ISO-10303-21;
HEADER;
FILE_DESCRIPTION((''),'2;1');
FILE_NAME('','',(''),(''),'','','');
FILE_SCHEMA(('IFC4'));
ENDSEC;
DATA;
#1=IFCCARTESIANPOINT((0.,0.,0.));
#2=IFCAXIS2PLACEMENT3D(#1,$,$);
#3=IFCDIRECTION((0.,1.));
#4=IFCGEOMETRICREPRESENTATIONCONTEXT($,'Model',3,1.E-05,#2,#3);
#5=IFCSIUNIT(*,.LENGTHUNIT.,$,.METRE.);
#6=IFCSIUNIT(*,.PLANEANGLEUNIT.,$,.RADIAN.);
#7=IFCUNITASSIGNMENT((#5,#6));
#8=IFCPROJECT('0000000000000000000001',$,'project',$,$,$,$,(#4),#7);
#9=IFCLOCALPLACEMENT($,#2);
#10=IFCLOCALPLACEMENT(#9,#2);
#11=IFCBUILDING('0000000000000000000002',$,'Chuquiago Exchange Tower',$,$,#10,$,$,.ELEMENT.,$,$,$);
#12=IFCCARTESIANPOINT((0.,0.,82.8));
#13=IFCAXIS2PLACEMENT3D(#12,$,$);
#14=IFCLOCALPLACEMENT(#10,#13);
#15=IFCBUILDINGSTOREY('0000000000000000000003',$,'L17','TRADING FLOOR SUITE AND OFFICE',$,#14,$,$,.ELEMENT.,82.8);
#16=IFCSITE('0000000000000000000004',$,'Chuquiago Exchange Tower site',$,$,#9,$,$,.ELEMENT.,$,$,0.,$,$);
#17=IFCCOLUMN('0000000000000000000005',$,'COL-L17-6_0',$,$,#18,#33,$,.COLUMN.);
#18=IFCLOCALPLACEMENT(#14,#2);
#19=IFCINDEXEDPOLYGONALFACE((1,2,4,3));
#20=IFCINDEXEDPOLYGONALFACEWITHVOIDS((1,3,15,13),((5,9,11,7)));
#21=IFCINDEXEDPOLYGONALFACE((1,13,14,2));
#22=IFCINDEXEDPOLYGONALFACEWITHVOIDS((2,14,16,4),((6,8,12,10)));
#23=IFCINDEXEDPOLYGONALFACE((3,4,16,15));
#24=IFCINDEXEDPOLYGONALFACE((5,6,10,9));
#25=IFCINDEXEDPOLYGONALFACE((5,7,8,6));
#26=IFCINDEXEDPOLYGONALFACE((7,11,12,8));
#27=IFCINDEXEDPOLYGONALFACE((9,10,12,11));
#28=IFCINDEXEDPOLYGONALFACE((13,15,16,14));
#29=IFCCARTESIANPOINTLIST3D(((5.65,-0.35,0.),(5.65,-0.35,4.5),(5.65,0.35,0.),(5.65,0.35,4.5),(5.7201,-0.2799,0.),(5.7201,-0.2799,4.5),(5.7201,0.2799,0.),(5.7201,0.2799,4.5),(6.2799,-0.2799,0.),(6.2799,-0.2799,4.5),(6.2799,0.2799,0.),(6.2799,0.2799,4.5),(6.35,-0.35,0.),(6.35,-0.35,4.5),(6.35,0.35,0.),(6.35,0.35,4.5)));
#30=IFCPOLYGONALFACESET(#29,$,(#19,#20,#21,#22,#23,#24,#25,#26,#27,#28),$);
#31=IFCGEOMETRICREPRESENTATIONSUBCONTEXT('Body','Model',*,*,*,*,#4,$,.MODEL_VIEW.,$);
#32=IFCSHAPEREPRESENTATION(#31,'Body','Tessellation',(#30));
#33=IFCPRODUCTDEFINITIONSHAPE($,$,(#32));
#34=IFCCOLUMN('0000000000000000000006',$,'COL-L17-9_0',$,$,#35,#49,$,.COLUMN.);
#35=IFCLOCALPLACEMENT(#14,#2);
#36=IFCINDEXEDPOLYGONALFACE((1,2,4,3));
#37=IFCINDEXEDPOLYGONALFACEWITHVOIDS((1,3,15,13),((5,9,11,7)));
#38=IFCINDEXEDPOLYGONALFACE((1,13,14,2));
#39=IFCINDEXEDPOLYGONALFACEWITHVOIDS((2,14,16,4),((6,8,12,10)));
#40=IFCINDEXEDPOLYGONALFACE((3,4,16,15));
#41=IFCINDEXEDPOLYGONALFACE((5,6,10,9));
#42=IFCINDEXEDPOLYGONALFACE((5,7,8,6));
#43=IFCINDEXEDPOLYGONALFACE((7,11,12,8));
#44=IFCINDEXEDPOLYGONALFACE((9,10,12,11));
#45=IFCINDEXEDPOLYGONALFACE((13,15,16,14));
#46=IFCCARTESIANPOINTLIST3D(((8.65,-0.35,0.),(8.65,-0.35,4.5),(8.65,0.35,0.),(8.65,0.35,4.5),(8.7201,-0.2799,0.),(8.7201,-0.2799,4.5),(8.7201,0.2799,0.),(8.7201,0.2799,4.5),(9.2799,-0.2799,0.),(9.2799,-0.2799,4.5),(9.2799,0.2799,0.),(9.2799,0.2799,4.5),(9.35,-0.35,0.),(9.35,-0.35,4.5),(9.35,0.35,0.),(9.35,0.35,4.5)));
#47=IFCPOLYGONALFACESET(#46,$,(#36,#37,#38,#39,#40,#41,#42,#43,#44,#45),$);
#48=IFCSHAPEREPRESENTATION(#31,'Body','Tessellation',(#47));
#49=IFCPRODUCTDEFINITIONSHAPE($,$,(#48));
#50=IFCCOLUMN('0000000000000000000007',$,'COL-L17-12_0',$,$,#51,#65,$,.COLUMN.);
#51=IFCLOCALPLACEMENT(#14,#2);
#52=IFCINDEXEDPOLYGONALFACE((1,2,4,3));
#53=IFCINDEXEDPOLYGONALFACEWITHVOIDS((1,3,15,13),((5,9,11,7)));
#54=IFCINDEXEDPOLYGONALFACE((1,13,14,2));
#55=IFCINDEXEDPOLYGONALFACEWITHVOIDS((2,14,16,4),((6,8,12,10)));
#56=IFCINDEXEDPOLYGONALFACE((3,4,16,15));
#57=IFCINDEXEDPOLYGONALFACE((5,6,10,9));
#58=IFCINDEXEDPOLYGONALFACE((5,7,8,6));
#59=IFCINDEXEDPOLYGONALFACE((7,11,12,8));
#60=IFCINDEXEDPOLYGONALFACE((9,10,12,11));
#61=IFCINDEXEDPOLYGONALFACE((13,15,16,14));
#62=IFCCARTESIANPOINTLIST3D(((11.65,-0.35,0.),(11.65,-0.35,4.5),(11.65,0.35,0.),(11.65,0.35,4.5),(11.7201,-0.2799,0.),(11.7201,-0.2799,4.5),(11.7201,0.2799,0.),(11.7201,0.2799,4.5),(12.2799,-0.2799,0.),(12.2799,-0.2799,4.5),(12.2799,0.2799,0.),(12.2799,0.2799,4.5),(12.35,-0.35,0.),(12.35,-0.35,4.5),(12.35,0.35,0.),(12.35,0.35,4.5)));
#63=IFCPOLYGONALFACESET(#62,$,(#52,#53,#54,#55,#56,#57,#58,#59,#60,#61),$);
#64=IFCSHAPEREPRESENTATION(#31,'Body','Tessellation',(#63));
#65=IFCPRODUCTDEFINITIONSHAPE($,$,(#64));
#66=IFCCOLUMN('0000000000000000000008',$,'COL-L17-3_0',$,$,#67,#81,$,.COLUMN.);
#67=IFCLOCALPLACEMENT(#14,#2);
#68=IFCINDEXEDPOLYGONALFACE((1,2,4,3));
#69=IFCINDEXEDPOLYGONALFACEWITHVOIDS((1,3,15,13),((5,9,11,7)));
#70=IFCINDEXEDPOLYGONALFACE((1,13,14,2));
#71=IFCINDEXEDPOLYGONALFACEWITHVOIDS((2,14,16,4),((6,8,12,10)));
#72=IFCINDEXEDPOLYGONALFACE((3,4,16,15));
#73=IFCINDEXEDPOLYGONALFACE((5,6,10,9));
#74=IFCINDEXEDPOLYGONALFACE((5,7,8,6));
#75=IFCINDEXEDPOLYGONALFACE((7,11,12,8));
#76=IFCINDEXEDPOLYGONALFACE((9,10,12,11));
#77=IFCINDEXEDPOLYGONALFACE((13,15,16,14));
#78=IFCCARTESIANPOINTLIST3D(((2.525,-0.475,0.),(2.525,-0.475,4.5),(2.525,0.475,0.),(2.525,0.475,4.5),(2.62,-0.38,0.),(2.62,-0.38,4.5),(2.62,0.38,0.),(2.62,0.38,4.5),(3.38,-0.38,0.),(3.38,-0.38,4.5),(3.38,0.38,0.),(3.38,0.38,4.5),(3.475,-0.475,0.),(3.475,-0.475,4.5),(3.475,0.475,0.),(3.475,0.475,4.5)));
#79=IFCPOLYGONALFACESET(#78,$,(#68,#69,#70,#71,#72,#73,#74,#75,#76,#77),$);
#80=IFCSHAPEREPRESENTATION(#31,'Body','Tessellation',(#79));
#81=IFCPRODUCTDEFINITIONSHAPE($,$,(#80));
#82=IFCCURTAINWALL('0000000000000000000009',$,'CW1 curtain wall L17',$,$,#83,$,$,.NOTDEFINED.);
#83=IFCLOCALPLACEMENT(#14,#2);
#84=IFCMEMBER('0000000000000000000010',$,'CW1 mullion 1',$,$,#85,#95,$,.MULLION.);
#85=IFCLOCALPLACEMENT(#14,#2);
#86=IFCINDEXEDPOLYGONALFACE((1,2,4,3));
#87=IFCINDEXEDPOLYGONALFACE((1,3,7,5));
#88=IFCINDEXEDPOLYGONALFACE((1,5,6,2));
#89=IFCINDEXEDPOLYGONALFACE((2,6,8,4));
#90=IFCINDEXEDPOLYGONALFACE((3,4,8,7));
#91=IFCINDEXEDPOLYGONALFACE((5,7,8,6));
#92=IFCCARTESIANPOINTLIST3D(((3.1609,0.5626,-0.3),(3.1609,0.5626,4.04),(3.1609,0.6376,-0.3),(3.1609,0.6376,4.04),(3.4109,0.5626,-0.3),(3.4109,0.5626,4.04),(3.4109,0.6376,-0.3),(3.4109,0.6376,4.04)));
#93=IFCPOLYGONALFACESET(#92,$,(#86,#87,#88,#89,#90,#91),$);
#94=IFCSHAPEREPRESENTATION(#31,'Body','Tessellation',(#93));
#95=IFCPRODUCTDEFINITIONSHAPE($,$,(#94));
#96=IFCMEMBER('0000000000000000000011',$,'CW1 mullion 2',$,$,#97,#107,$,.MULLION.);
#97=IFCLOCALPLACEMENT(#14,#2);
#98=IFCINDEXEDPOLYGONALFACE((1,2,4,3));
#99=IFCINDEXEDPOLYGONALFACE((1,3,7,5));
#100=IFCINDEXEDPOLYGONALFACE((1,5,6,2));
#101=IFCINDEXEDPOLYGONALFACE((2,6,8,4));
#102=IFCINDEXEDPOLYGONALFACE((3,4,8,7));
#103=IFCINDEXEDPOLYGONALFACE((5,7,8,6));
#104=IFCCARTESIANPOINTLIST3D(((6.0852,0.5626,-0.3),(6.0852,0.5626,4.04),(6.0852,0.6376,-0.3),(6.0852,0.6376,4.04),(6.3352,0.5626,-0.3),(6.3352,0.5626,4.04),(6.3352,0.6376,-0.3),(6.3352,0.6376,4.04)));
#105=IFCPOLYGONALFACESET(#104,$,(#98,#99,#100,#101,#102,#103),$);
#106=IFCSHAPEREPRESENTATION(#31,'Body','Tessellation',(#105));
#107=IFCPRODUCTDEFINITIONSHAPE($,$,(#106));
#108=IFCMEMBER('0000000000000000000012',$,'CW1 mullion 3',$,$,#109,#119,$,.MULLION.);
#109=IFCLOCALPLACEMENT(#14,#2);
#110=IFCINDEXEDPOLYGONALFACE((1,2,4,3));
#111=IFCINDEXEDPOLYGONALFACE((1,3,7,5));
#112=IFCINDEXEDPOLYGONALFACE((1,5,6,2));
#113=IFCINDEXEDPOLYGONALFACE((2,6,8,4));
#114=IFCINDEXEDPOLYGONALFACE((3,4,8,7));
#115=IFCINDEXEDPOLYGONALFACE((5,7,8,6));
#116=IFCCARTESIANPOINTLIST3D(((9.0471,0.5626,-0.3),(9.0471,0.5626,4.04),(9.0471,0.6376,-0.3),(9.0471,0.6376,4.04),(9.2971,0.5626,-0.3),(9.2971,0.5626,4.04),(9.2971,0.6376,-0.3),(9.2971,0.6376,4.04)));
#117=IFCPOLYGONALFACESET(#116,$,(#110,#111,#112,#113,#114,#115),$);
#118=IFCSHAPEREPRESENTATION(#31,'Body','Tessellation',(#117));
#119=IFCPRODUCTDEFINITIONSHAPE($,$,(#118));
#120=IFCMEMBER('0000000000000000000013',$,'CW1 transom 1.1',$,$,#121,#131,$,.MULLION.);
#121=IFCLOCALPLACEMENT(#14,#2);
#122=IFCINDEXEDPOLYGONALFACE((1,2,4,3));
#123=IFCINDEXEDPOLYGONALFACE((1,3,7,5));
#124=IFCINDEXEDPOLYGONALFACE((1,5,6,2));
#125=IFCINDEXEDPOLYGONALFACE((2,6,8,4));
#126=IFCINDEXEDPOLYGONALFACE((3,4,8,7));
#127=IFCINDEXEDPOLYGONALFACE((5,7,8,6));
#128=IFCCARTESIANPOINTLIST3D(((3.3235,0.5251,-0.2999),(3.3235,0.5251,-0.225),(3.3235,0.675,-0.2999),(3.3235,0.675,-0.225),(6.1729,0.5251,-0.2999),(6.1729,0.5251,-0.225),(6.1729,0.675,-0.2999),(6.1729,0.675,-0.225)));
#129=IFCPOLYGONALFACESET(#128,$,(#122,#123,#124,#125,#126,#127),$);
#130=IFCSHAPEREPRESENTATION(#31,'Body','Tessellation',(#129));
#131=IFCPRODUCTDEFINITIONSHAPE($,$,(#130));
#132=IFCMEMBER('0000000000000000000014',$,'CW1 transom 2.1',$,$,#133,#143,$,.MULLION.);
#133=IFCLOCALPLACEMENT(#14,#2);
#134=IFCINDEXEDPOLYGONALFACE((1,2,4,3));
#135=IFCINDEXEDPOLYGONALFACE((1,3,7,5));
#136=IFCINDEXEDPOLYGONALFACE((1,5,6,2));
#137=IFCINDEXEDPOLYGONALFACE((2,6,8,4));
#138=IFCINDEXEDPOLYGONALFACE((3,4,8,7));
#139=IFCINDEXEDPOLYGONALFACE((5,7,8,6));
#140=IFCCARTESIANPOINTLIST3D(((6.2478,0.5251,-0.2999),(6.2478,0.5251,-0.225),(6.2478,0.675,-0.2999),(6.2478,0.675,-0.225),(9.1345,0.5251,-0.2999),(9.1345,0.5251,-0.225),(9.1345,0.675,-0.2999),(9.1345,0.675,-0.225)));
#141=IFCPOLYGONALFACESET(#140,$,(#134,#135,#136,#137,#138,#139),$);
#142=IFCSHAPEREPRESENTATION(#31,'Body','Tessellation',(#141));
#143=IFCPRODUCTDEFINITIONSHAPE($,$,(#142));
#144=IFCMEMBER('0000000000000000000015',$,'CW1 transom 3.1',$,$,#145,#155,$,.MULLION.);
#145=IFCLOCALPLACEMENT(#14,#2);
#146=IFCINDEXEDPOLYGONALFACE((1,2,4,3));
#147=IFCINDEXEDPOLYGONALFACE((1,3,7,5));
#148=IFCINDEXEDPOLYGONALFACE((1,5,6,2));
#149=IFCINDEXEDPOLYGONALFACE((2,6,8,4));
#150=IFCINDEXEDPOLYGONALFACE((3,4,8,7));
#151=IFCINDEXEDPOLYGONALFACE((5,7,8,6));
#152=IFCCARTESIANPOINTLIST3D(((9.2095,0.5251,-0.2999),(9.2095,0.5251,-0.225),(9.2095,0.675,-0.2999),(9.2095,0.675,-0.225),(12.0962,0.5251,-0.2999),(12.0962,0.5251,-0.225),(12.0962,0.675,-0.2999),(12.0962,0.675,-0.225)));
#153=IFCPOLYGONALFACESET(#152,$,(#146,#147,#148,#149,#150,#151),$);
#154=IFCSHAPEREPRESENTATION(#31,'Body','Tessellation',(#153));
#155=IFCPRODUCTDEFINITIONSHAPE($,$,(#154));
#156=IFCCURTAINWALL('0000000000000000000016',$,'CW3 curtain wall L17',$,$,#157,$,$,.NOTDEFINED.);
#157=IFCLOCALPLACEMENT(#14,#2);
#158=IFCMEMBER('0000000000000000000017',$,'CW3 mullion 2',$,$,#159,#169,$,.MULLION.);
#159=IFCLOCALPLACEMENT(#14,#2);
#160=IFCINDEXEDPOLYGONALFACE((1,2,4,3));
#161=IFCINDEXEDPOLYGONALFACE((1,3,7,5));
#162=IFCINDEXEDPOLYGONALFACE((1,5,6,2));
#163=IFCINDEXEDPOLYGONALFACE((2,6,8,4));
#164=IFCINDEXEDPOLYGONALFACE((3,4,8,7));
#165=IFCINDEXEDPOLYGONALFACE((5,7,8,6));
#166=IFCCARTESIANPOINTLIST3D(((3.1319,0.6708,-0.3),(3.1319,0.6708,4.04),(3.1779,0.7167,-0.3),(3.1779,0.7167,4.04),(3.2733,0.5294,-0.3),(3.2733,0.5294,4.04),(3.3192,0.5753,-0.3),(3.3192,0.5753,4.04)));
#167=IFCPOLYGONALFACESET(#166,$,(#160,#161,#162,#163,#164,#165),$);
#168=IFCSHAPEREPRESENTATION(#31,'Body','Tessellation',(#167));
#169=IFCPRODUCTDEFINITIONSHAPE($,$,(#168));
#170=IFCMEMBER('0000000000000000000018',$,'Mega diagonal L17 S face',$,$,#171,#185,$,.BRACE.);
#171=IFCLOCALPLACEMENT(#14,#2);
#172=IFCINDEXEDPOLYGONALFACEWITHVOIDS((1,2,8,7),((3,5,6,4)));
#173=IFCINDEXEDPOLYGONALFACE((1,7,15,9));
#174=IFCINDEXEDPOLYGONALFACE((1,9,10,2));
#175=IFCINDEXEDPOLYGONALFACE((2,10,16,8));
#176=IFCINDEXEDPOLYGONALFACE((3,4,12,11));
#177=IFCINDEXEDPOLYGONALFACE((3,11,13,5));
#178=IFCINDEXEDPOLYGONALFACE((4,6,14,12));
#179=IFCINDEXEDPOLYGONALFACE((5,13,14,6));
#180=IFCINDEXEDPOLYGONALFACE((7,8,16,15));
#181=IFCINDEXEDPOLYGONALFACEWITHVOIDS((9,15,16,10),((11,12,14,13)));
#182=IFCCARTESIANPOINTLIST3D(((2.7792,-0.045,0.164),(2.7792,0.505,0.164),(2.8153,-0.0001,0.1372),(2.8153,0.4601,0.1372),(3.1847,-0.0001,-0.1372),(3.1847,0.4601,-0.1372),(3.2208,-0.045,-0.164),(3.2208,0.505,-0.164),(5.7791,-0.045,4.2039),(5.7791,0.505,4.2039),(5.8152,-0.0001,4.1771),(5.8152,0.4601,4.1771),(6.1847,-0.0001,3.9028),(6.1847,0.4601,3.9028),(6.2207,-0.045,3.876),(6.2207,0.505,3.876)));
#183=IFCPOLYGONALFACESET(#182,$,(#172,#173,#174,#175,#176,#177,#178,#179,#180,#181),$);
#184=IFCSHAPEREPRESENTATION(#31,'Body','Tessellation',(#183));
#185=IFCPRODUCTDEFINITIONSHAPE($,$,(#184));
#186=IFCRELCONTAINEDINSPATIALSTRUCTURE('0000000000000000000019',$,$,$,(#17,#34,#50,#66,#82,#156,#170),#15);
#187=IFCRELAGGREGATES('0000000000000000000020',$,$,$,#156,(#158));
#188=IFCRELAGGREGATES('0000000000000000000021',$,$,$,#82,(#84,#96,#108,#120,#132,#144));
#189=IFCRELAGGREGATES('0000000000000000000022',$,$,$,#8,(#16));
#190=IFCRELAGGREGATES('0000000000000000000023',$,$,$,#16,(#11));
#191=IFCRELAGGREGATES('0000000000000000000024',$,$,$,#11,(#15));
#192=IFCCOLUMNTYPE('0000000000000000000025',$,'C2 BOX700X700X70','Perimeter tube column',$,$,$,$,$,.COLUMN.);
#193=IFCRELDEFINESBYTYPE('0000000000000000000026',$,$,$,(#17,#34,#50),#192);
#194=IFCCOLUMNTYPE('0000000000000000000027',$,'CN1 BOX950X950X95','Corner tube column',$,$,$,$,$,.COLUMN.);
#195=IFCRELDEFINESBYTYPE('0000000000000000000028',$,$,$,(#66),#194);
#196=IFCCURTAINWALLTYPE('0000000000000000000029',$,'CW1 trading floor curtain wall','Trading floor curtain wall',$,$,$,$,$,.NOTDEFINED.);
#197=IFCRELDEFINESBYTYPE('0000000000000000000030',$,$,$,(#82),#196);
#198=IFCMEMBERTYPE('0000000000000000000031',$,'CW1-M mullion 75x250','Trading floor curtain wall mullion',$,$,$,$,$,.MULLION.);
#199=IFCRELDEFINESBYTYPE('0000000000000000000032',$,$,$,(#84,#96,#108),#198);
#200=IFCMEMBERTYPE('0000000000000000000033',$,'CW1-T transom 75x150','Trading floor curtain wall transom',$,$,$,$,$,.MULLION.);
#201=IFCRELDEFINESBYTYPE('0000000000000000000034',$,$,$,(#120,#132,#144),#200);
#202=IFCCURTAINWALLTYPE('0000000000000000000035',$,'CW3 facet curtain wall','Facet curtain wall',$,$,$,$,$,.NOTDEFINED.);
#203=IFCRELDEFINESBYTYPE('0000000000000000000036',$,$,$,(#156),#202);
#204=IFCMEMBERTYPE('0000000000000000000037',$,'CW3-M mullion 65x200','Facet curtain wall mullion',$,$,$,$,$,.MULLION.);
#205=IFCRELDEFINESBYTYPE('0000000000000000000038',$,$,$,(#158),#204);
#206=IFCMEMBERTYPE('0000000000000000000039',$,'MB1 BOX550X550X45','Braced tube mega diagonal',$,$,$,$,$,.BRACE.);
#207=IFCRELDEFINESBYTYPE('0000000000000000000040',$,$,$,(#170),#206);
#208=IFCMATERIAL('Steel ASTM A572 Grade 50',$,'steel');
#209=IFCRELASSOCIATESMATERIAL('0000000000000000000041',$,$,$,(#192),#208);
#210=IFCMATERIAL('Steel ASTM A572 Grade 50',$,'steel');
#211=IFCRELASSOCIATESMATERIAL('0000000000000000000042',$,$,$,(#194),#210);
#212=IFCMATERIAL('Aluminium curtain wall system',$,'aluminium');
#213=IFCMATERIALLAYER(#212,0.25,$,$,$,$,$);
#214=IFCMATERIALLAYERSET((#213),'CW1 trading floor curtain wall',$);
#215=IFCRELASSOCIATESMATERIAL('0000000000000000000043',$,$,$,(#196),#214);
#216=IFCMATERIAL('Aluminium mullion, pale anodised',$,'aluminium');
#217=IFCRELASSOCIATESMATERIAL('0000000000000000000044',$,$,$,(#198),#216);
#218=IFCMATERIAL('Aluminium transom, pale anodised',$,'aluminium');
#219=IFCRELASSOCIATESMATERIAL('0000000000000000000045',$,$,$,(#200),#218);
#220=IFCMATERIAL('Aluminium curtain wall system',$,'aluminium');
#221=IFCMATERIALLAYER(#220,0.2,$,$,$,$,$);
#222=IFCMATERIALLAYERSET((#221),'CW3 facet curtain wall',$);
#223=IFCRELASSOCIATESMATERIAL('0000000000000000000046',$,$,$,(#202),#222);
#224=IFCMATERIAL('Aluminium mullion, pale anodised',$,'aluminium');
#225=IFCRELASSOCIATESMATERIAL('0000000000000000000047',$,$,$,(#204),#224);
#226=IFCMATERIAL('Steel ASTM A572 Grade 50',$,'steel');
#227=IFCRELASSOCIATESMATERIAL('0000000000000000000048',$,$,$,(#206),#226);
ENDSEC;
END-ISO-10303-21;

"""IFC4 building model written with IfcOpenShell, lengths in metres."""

from ifc_helpers import new_model, si_unit, direction, frame, origin, origin_2d, place, context, subcontext, project, spatial, rectangle, hollow_rectangle, extrude, material, layer, layer_set, material_profile, profile_set, type_object, element, aggregate, save


model = new_model("IFC4")

# Units and contexts
model_context = context("Model", 3, precision=1e-05, world=origin(), true_north=direction((0.0, 1.0)))
body_context = subcontext(model_context, "Body", "Model", "MODEL_VIEW")
ifc_project = project(units=[si_unit("LENGTHUNIT", "METRE"), si_unit("PLANEANGLEUNIT", "RADIAN")], contexts=[model_context])

# Site, building, storey
site_placement = place(None, origin())
site = spatial("IfcSite", under=ifc_project, at=site_placement, Name="Chuquiago Exchange Tower site", CompositionType="ELEMENT", RefElevation=0.0)
building_placement = place(site_placement, origin())
building = spatial("IfcBuilding", under=site, at=building_placement, Name="Chuquiago Exchange Tower", CompositionType="ELEMENT")
storey_placement = place(building_placement, frame((0.0, 0.0, 82.8)))
storey = spatial("IfcBuildingStorey", under=building, at=storey_placement, Name="L17", Description="TRADING FLOOR SUITE AND OFFICE", CompositionType="ELEMENT", Elevation=82.8)

# Columns
ifc_material_1 = material(Name="Steel ASTM A572 Grade 50", Category="steel")
ifc_material_profile_1 = material_profile(ifc_material_1, hollow_rectangle(XDim=0.7, YDim=0.7, WallThickness=0.0701, at=origin_2d()), Name="BOX700X700X70")
ifc_profile_set_1 = profile_set([ifc_material_profile_1], Name="Steel ASTM A572 Grade 50")
column_type_1 = type_object("IfcColumnType", Name="C2 BOX700X700X70", Description="Perimeter tube column", PredefinedType="COLUMN", material=ifc_profile_set_1)
for number, where, z_axis, x_axis, name in (
    (1, (6.0, 0.0, 0.0), (0.0, 0.0, 1.0), (0.0, -1.0, 0.0), "COL-L17-6_0"),
    (2, (9.0, 0.0, 0.0), (0.0, 0.0, 1.0), (0.0, -1.0, 0.0), "COL-L17-9_0"),
    (3, (12.0, 0.0, 0.0), (0.0, 0.0, 1.0), (0.0, -1.0, 0.0), "COL-L17-12_0"),
):
    element("IfcColumn", number, at=place(storey_placement, frame(where, z_axis=z_axis, x_axis=x_axis)), inside=storey, type_object=column_type_1, Name=name, PredefinedType="COLUMN", context=body_context, shape_type="SweptSolid", body=[
        extrude(hollow_rectangle(XDim=0.7, YDim=0.7, WallThickness=0.0701, at=origin_2d()), origin(), (0.0, 0.0, 1.0), 4.5),
    ])
ifc_material_2 = material(Name="Steel ASTM A572 Grade 50", Category="steel")
ifc_material_profile_2 = material_profile(ifc_material_2, hollow_rectangle(XDim=0.95, YDim=0.95, WallThickness=0.095, at=origin_2d()), Name="BOX950X950X95")
ifc_profile_set_2 = profile_set([ifc_material_profile_2], Name="Steel ASTM A572 Grade 50")
column_type_2 = type_object("IfcColumnType", Name="CN1 BOX950X950X95", Description="Corner tube column", PredefinedType="COLUMN", material=ifc_profile_set_2)
column_placement = place(storey_placement, frame((3.0, 0.0, 0.0), z_axis=(0.0, 0.0, 1.0), x_axis=(0.0, -1.0, 0.0)))
element("IfcColumn", 4, at=column_placement, inside=storey, type_object=column_type_2, Name="COL-L17-3_0", PredefinedType="COLUMN", context=body_context, shape_type="SweptSolid", body=[
    extrude(hollow_rectangle(XDim=0.95, YDim=0.95, WallThickness=0.095, at=origin_2d()), origin(), (0.0, 0.0, 1.0), 4.5),
])

# Curtain wall, members
ifc_material_3 = material(Name="Aluminium curtain wall system", Category="aluminium")
ifc_layer_1 = layer(ifc_material_3, 0.25)
ifc_layer_set_1 = layer_set([ifc_layer_1], Name="CW1 trading floor curtain wall")
curtain_wall_type_1 = type_object("IfcCurtainWallType", Name="CW1 trading floor curtain wall", Description="Trading floor curtain wall", PredefinedType="NOTDEFINED", material=ifc_layer_set_1)
curtain_wall_1_placement = place(storey_placement, origin())
curtain_wall_1 = element("IfcCurtainWall", 5, at=curtain_wall_1_placement, inside=storey, type_object=curtain_wall_type_1, Name="CW1 curtain wall L17", PredefinedType="NOTDEFINED")
ifc_material_4 = material(Name="Aluminium mullion, pale anodised", Category="aluminium")
ifc_material_profile_3 = material_profile(ifc_material_4, rectangle(XDim=0.075, YDim=0.25, at=origin_2d()), Name="AL 75x250")
ifc_profile_set_3 = profile_set([ifc_material_profile_3], Name="Aluminium mullion, pale anodised")
member_type_1 = type_object("IfcMemberType", Name="CW1-M mullion 75x250", Description="Trading floor curtain wall mullion", PredefinedType="MULLION", material=ifc_profile_set_3)
member_1_placement = place(storey_placement, frame((3.2859, 0.6001, -0.3), z_axis=(0.0, 0.0, 1.0), x_axis=(0.0, 1.0, 0.0)))
member_1 = element("IfcMember", 6, at=member_1_placement, type_object=member_type_1, Name="CW1 mullion 1", PredefinedType="MULLION", context=body_context, shape_type="SweptSolid", body=[
    extrude(rectangle(XDim=0.075, YDim=0.25, at=origin_2d()), origin(), (0.0, 0.0, 1.0), 4.3401),
])
member_2_placement = place(storey_placement, frame((6.2102, 0.6001, -0.3), z_axis=(0.0, 0.0, 1.0), x_axis=(0.0, 1.0, 0.0)))
member_2 = element("IfcMember", 7, at=member_2_placement, type_object=member_type_1, Name="CW1 mullion 2", PredefinedType="MULLION", context=body_context, shape_type="SweptSolid", body=[
    extrude(rectangle(XDim=0.075, YDim=0.25, at=origin_2d()), origin(), (0.0, 0.0, 1.0), 4.3401),
])
member_3_placement = place(storey_placement, frame((9.1721, 0.6001, -0.3), z_axis=(0.0, 0.0, 1.0), x_axis=(0.0, 1.0, 0.0)))
member_3 = element("IfcMember", 8, at=member_3_placement, type_object=member_type_1, Name="CW1 mullion 3", PredefinedType="MULLION", context=body_context, shape_type="SweptSolid", body=[
    extrude(rectangle(XDim=0.075, YDim=0.25, at=origin_2d()), origin(), (0.0, 0.0, 1.0), 4.3401),
])
ifc_material_5 = material(Name="Aluminium transom, pale anodised", Category="aluminium")
ifc_material_profile_4 = material_profile(ifc_material_5, rectangle(XDim=0.1499, YDim=0.075, at=origin_2d()), Name="AL 150x75")
ifc_profile_set_4 = profile_set([ifc_material_profile_4], Name="Aluminium transom, pale anodised")
member_type_2 = type_object("IfcMemberType", Name="CW1-T transom 75x150", Description="Trading floor curtain wall transom", PredefinedType="MULLION", material=ifc_profile_set_4)
member_4_placement = place(storey_placement, frame((3.3235, 0.6001, -0.2625), z_axis=(1.0, 0.0, 0.0), x_axis=(0.0, 1.0, 0.0)))
member_4 = element("IfcMember", 9, at=member_4_placement, type_object=member_type_2, Name="CW1 transom 1.1", PredefinedType="MULLION", context=body_context, shape_type="SweptSolid", body=[
    extrude(rectangle(XDim=0.1499, YDim=0.075, at=origin_2d()), origin(), (0.0, 0.0, 1.0), 2.8494),
])
member_5_placement = place(storey_placement, frame((6.2478, 0.6001, -0.2625), z_axis=(1.0, 0.0, 0.0), x_axis=(0.0, 1.0, 0.0)))
member_5 = element("IfcMember", 10, at=member_5_placement, type_object=member_type_2, Name="CW1 transom 2.1", PredefinedType="MULLION", context=body_context, shape_type="SweptSolid", body=[
    extrude(rectangle(XDim=0.1499, YDim=0.075, at=origin_2d()), origin(), (0.0, 0.0, 1.0), 2.8867),
])
member_6_placement = place(storey_placement, frame((9.2095, 0.6001, -0.2625), z_axis=(1.0, 0.0, 0.0), x_axis=(0.0, 1.0, 0.0)))
member_6 = element("IfcMember", 11, at=member_6_placement, type_object=member_type_2, Name="CW1 transom 3.1", PredefinedType="MULLION", context=body_context, shape_type="SweptSolid", body=[
    extrude(rectangle(XDim=0.1499, YDim=0.075, at=origin_2d()), origin(), (0.0, 0.0, 1.0), 2.8867),
])

# Curtain wall, member
ifc_material_6 = material(Name="Aluminium curtain wall system", Category="aluminium")
ifc_layer_2 = layer(ifc_material_6, 0.2)
ifc_layer_set_2 = layer_set([ifc_layer_2], Name="CW3 facet curtain wall")
curtain_wall_type_2 = type_object("IfcCurtainWallType", Name="CW3 facet curtain wall", Description="Facet curtain wall", PredefinedType="NOTDEFINED", material=ifc_layer_set_2)
curtain_wall_2_placement = place(storey_placement, origin())
curtain_wall_2 = element("IfcCurtainWall", 12, at=curtain_wall_2_placement, inside=storey, type_object=curtain_wall_type_2, Name="CW3 curtain wall L17", PredefinedType="NOTDEFINED")
ifc_material_7 = material(Name="Aluminium mullion, pale anodised", Category="aluminium")
ifc_material_profile_5 = material_profile(ifc_material_7, rectangle(XDim=0.0649, YDim=0.2, at=origin_2d()), Name="AL 65x200")
ifc_profile_set_5 = profile_set([ifc_material_profile_5], Name="Aluminium mullion, pale anodised")
member_type_3 = type_object("IfcMemberType", Name="CW3-M mullion 65x200", Description="Facet curtain wall mullion", PredefinedType="MULLION", material=ifc_profile_set_5)
member_7_placement = place(storey_placement, frame((3.2256, 0.623, -0.3), z_axis=(0.0, 0.0, 1.0), x_axis=(0.707107, 0.707107, 0.0)))
member_7 = element("IfcMember", 13, at=member_7_placement, type_object=member_type_3, Name="CW3 mullion 2", PredefinedType="MULLION", context=body_context, shape_type="SweptSolid", body=[
    extrude(rectangle(XDim=0.0649, YDim=0.2, at=origin_2d()), origin(), (0.0, 0.0, 1.0), 4.3401),
])
aggregate(curtain_wall_2, [member_7])

# Member
ifc_material_8 = material(Name="Steel ASTM A572 Grade 50", Category="steel")
ifc_material_profile_6 = material_profile(ifc_material_8, hollow_rectangle(XDim=0.55, YDim=0.55, WallThickness=0.0449, at=origin_2d()), Name="BOX550X550X45")
ifc_profile_set_6 = profile_set([ifc_material_profile_6], Name="Steel ASTM A572 Grade 50")
member_type_4 = type_object("IfcMemberType", Name="MB1 BOX550X550X45", Description="Braced tube mega diagonal", PredefinedType="BRACE", material=ifc_profile_set_6)
for number, where, z_axis, x_axis, name in (
    (14, (3.0, 0.23, 0.0), (0.596174, 0.0, 0.802855), (0.0, 1.0, 0.0), "Mega diagonal L17 S face"),
):
    element("IfcMember", number, at=place(storey_placement, frame(where, z_axis=z_axis, x_axis=x_axis)), inside=storey, type_object=member_type_4, Name=name, PredefinedType="BRACE", context=body_context, shape_type="SweptSolid", body=[
        extrude(hollow_rectangle(XDim=0.55, YDim=0.55, WallThickness=0.0449, at=origin_2d()), origin(), (0.0, 0.0, 1.0), 5.032),
    ])

aggregate(curtain_wall_1, [member_1, member_2, member_3, member_4, member_5, member_6])

save(model, "model.ifc")
